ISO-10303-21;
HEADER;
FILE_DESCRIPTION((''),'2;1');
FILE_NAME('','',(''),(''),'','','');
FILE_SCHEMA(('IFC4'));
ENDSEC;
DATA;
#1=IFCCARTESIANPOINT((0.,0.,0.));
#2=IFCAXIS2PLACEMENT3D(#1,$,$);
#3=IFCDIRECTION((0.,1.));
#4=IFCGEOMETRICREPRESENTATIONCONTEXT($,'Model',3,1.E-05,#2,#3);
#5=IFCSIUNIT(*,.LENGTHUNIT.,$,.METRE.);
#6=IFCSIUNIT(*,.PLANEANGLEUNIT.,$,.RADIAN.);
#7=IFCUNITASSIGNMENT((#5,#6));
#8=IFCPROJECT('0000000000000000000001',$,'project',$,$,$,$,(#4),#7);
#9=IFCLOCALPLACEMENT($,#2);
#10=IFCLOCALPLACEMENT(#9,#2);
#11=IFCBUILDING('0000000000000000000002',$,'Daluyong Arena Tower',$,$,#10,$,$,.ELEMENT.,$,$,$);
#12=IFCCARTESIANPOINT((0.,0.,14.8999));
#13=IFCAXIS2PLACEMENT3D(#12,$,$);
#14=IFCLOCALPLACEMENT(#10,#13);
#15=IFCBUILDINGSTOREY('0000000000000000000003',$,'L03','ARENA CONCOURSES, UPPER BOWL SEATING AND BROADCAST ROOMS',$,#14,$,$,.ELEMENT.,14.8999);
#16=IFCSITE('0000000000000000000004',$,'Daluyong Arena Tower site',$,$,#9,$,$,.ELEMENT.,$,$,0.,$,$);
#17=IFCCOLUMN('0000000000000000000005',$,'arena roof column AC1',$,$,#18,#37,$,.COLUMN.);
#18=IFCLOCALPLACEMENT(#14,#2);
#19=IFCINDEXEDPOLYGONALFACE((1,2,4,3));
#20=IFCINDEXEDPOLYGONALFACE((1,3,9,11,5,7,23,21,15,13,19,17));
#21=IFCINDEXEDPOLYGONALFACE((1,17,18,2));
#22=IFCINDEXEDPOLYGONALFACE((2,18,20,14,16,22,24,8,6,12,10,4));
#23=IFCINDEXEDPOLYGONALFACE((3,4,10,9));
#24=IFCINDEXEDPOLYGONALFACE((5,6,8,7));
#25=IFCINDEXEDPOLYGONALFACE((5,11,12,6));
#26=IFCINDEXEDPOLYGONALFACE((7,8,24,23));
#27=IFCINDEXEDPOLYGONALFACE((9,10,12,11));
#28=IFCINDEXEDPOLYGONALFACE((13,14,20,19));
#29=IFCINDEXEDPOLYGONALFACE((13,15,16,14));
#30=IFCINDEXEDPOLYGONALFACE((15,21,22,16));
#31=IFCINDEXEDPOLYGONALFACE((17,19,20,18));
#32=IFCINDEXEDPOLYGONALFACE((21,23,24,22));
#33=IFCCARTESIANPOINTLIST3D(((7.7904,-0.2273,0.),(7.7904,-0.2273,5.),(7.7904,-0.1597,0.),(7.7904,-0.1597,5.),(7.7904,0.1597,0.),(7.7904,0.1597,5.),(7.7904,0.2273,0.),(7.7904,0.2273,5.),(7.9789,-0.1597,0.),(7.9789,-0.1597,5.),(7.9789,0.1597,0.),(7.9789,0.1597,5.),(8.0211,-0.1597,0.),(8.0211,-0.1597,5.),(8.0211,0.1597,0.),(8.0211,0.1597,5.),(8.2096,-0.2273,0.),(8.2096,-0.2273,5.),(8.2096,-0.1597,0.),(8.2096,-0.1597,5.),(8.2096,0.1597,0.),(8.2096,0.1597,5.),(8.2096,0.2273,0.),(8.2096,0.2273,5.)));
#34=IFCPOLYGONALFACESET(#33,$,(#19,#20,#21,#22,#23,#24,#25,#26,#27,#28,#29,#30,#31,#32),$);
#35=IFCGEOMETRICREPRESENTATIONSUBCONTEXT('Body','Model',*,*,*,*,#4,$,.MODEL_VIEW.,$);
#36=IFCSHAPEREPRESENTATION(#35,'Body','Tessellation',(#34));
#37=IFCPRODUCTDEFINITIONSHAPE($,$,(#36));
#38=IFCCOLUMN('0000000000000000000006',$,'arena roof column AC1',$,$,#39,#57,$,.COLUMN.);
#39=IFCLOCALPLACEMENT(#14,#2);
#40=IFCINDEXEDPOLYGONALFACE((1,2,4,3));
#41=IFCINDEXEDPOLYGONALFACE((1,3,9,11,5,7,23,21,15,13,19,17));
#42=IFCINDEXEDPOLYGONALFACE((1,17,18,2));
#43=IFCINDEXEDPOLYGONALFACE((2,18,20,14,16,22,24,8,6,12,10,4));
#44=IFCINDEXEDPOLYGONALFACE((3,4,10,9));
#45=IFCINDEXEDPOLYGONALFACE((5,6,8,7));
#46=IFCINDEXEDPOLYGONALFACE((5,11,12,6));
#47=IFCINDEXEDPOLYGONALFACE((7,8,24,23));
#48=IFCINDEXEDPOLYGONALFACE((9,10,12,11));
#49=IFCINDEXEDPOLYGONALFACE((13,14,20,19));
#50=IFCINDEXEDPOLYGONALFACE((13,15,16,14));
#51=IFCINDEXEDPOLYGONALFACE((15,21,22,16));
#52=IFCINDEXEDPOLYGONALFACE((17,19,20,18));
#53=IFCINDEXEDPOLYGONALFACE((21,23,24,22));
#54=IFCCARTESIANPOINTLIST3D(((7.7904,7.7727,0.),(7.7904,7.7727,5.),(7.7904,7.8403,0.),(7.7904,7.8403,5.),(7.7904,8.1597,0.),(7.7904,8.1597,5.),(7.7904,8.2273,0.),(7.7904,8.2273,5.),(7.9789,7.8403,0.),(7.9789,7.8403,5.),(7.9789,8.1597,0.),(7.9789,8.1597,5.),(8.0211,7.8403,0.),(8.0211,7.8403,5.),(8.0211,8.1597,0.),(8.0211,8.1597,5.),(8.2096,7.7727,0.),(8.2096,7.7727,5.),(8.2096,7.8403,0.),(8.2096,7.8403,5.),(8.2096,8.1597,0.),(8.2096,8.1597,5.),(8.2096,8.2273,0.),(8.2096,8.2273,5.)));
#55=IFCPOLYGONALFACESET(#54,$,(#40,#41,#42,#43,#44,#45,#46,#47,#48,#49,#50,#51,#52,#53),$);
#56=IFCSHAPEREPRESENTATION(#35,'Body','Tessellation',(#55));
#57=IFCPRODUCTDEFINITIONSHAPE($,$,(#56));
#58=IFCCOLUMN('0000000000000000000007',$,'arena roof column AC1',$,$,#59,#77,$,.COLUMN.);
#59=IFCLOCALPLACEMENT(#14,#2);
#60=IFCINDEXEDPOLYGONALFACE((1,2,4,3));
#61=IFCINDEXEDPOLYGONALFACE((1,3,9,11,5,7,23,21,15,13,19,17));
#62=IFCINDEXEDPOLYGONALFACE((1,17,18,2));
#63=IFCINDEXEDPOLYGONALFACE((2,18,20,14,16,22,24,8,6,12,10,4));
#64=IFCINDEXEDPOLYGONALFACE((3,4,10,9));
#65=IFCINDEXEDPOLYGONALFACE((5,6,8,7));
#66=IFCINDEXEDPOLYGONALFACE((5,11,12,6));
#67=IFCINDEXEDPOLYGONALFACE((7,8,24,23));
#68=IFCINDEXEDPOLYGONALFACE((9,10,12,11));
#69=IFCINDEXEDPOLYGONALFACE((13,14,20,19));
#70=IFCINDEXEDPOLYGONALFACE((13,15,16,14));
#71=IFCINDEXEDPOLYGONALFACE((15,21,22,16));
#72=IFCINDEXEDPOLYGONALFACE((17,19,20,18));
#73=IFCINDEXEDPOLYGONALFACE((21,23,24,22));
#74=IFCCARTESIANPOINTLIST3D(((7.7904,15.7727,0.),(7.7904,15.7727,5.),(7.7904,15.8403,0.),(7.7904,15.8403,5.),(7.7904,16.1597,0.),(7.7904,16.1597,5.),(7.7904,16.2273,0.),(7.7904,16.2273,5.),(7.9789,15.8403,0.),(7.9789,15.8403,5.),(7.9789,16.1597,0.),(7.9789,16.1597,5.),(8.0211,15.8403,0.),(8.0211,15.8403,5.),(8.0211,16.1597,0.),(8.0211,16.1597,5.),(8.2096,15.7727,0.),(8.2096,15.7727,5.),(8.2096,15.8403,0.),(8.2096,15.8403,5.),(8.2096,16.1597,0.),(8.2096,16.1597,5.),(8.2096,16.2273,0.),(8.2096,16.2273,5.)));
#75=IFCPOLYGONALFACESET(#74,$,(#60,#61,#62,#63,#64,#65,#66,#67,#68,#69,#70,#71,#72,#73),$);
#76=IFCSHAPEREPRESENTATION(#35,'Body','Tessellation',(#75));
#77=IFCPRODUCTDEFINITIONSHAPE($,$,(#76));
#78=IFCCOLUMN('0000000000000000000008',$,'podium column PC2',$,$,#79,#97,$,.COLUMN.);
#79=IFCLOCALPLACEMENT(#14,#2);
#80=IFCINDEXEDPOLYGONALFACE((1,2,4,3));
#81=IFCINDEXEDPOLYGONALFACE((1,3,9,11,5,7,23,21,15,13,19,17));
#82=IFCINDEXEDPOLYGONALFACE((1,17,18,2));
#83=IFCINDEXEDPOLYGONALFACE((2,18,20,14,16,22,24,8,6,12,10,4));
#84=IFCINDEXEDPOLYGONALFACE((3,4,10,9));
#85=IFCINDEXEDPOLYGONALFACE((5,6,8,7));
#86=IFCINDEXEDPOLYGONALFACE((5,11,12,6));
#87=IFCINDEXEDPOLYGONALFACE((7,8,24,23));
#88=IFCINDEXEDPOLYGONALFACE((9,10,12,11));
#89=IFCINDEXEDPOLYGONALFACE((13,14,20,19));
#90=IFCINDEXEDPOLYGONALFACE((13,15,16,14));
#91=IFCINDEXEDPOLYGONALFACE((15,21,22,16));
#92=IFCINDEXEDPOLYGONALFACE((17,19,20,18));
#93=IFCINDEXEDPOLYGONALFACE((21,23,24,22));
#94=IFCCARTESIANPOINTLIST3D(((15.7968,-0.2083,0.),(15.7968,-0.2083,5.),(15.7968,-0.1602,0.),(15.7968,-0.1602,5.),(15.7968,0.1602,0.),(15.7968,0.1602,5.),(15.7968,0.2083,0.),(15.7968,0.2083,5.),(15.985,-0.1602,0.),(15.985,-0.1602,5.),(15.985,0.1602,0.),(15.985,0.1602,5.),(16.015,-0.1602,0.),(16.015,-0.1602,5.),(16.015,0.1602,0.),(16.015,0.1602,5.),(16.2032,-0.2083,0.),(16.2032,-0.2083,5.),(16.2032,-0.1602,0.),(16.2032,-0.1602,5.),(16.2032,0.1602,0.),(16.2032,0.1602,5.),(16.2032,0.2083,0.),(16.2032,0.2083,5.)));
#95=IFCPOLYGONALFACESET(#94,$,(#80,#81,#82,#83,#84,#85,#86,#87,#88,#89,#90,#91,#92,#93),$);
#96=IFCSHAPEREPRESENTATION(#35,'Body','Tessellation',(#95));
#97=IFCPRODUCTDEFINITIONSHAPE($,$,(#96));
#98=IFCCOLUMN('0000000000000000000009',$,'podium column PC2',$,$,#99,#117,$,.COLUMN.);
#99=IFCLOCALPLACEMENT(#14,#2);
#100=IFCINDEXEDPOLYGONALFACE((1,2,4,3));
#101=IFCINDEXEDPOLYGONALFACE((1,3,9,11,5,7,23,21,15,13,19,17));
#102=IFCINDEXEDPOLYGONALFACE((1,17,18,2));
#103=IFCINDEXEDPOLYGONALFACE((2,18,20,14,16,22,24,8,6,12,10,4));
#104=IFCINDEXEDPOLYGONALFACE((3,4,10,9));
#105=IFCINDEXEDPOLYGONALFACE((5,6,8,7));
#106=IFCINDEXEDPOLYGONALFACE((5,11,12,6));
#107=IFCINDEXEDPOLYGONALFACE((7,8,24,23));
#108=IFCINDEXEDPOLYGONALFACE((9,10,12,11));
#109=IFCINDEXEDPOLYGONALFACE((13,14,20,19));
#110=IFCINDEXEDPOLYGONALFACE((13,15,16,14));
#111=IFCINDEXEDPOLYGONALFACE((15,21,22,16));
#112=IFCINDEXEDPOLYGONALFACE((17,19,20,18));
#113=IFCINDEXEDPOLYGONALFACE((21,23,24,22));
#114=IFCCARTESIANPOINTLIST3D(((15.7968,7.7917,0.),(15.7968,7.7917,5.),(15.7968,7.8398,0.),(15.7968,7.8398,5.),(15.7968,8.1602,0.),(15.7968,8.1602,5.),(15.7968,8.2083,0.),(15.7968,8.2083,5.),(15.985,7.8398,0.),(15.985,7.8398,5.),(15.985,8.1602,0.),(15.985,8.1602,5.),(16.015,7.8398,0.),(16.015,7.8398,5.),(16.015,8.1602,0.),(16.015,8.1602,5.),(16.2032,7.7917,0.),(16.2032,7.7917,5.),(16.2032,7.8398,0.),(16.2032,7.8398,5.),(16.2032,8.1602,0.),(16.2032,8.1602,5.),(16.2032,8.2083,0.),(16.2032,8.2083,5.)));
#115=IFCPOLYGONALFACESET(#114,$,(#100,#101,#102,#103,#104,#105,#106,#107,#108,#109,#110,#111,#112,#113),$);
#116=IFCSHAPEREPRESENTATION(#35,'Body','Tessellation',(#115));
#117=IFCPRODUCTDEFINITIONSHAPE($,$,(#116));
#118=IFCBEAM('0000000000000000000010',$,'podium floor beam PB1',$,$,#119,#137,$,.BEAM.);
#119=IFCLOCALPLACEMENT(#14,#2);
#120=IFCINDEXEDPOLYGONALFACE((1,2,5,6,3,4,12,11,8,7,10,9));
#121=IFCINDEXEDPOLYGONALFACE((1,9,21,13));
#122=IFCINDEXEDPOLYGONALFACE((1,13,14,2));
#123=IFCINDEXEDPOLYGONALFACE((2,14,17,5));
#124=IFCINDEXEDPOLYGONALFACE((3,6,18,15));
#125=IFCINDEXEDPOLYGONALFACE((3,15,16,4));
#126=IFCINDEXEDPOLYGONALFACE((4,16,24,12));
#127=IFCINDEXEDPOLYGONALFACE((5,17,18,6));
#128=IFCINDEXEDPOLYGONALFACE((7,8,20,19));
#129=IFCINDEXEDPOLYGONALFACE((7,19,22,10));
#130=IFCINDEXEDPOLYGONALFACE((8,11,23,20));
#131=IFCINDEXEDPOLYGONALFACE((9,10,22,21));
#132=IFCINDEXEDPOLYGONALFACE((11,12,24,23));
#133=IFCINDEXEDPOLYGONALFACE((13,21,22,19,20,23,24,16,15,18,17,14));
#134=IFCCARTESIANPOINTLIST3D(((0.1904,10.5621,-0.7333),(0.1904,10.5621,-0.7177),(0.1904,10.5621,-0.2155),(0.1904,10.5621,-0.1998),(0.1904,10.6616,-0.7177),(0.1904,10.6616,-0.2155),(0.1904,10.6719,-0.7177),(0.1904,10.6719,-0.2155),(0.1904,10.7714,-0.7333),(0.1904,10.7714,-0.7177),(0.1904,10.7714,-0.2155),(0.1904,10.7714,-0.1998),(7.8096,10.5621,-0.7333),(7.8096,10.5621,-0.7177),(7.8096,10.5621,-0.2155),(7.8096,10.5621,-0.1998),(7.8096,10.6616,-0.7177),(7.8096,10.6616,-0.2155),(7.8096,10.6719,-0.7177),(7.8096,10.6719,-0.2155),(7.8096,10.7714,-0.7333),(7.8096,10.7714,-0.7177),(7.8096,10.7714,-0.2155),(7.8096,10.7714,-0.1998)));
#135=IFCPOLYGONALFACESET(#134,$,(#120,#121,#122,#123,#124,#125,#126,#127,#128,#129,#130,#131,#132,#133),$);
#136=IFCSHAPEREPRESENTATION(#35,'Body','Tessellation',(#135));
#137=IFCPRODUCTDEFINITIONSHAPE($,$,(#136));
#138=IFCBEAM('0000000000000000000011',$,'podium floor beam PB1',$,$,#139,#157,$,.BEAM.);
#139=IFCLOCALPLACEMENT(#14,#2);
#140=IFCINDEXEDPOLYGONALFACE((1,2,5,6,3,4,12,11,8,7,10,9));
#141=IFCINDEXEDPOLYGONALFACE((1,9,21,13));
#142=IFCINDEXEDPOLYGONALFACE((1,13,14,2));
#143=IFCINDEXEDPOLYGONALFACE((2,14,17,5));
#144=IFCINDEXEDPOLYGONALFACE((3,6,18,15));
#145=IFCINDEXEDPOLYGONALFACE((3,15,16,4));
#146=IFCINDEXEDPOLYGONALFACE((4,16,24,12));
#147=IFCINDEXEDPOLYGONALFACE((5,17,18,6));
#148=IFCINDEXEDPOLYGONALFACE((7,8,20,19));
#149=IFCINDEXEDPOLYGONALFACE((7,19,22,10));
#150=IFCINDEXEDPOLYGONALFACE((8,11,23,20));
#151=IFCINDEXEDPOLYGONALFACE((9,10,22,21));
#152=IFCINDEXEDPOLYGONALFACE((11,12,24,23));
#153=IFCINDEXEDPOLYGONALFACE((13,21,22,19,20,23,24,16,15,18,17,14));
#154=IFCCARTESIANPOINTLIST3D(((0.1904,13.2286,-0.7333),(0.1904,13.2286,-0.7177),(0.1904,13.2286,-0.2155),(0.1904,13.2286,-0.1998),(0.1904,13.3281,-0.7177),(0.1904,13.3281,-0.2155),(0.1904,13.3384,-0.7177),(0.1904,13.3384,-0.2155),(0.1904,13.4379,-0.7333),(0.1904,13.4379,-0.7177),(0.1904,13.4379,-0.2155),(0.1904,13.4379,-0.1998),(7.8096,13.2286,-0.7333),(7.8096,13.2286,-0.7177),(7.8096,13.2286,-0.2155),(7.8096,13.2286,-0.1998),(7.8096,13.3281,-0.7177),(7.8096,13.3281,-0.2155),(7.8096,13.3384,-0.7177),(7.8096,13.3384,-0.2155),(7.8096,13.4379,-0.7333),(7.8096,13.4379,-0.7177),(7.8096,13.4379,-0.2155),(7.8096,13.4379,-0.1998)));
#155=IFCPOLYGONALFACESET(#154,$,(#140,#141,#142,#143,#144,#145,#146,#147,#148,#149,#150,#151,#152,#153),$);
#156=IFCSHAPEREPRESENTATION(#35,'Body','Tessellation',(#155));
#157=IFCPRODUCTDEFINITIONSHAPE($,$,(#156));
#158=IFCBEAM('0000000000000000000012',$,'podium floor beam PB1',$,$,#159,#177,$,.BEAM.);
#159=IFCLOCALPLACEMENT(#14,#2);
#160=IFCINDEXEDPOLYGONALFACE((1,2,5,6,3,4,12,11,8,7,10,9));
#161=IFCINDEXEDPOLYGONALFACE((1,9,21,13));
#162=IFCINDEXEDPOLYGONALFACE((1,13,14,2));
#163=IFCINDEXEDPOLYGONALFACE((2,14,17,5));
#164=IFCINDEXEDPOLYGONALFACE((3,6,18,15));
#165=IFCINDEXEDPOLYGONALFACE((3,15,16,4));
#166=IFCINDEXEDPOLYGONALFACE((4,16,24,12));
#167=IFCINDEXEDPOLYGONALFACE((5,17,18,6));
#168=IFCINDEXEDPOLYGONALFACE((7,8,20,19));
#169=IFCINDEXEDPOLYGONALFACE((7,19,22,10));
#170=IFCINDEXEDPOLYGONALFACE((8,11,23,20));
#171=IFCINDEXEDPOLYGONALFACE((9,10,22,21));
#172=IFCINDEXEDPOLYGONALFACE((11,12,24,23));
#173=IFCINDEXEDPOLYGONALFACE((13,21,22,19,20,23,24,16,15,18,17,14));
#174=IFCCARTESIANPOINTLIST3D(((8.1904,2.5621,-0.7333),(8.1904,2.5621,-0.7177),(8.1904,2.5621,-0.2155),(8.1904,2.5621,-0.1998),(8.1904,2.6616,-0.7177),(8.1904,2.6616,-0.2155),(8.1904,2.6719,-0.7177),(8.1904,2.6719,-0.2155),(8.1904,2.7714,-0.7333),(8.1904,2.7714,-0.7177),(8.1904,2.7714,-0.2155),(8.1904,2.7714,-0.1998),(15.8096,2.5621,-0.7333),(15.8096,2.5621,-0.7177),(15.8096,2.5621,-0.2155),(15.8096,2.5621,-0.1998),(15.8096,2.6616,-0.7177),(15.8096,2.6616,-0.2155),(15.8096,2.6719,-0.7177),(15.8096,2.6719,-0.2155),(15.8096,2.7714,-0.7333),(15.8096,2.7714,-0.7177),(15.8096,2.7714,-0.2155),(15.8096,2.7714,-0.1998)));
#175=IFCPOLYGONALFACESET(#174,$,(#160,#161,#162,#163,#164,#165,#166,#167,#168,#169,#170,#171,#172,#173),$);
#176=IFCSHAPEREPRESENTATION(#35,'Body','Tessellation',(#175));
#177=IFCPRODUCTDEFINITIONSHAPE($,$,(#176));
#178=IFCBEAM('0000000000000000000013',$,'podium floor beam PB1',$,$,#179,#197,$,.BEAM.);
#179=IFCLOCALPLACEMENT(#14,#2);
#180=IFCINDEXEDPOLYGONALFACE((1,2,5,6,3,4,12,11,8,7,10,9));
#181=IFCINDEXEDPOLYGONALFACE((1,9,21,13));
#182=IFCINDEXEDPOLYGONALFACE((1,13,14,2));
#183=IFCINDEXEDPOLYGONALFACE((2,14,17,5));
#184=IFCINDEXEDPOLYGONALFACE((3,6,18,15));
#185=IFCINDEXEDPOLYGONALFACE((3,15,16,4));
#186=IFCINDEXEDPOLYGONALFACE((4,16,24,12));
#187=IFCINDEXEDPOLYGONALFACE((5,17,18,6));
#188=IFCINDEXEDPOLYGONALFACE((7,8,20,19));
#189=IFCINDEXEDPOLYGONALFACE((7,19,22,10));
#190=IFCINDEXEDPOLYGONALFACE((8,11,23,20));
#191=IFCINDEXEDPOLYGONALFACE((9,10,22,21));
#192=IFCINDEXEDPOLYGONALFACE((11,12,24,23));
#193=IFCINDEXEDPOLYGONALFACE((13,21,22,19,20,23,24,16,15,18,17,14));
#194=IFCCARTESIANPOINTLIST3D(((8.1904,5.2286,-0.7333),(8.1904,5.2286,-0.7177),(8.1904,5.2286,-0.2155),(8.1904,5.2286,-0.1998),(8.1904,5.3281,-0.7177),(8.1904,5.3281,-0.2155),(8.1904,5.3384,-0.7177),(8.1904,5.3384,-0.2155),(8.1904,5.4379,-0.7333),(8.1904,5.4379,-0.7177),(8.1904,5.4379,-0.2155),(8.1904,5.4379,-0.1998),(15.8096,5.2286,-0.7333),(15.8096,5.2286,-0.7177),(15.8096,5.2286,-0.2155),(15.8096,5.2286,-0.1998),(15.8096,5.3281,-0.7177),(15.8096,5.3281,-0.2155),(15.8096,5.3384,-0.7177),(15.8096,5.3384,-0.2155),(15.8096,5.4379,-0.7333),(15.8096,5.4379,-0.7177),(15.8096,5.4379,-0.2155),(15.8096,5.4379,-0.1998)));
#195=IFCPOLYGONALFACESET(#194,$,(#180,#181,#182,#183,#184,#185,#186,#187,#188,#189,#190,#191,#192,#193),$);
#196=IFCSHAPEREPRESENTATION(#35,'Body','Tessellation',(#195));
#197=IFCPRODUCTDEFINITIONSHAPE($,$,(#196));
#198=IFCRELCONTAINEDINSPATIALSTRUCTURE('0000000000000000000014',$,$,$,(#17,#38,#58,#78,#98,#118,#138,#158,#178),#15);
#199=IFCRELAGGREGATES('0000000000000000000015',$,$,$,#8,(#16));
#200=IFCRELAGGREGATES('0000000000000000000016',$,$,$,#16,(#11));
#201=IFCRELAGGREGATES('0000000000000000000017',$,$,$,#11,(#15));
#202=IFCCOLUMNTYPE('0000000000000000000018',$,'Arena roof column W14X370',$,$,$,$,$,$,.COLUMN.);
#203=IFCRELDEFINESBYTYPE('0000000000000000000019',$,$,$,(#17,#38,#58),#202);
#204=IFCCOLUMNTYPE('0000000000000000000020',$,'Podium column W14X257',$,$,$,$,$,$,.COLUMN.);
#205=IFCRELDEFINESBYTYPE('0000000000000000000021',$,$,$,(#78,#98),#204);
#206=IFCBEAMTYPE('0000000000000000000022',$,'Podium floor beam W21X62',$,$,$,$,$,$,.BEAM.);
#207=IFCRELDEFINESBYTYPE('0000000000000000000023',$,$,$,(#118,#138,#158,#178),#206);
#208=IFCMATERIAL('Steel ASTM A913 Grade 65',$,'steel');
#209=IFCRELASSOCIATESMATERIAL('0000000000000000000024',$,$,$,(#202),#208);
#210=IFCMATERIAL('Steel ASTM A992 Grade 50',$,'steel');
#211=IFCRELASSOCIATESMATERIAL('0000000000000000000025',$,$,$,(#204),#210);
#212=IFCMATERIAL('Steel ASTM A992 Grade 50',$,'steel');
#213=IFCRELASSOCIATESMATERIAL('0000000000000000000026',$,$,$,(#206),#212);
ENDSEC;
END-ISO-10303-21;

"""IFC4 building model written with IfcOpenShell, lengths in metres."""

from ifc_helpers import new_model, si_unit, direction, frame, origin, origin_2d, place, context, subcontext, project, spatial, i_section, extrude, material, material_profile, profile_set, type_object, element, save


model = new_model("IFC4")

# Units and contexts
model_context = context("Model", 3, precision=1e-05, world=origin(), true_north=direction((0.0, 1.0)))
body_context = subcontext(model_context, "Body", "Model", "MODEL_VIEW")
ifc_project = project(units=[si_unit("LENGTHUNIT", "METRE"), si_unit("PLANEANGLEUNIT", "RADIAN")], contexts=[model_context])

# Site, building, storey
site_placement = place(None, origin())
site = spatial("IfcSite", under=ifc_project, at=site_placement, Name="Daluyong Arena Tower site", CompositionType="ELEMENT", RefElevation=0.0)
building_placement = place(site_placement, origin())
building = spatial("IfcBuilding", under=site, at=building_placement, Name="Daluyong Arena Tower", CompositionType="ELEMENT")
storey_placement = place(building_placement, frame((0.0, 0.0, 14.8999)))
storey = spatial("IfcBuildingStorey", under=building, at=storey_placement, Name="L03", Description="ARENA CONCOURSES, UPPER BOWL SEATING AND BROADCAST ROOMS", CompositionType="ELEMENT", Elevation=14.8999)

# Columns
ifc_material_1 = material(Name="Steel ASTM A913 Grade 65", Category="steel")
ifc_material_profile_1 = material_profile(ifc_material_1, i_section(OverallWidth=0.4192, OverallDepth=0.4546, WebThickness=0.0422, FlangeThickness=0.0676, at=origin_2d()))
ifc_profile_set_1 = profile_set([ifc_material_profile_1], Name="Steel ASTM A913 Grade 65")
column_type_1 = type_object("IfcColumnType", Name="Arena roof column W14X370", PredefinedType="COLUMN", material=ifc_profile_set_1)
for number, where, z_axis, x_axis, name in (
    (1, (8.0, 0.0, 0.0), (0.0, 0.0, 1.0), (1.0, 0.0, 0.0), "arena roof column AC1"),
    (2, (8.0, 8.0, 0.0), (0.0, 0.0, 1.0), (1.0, 0.0, 0.0), "arena roof column AC1"),
    (3, (8.0, 16.0, 0.0), (0.0, 0.0, 1.0), (1.0, 0.0, 0.0), "arena roof column AC1"),
):
    element("IfcColumn", number, at=place(storey_placement, frame(where, z_axis=z_axis, x_axis=x_axis)), inside=storey, type_object=column_type_1, Name=name, PredefinedType="COLUMN", context=body_context, shape_type="SweptSolid", body=[
        extrude(i_section(OverallWidth=0.4192, OverallDepth=0.4546, WebThickness=0.0422, FlangeThickness=0.0676, at=origin_2d()), origin(), (0.0, 0.0, 1.0), 5.0),
    ])
ifc_material_2 = material(Name="Steel ASTM A992 Grade 50", Category="steel")
ifc_material_profile_2 = material_profile(ifc_material_2, i_section(OverallWidth=0.4065, OverallDepth=0.4165, WebThickness=0.03, FlangeThickness=0.0481, at=origin_2d()))
ifc_profile_set_2 = profile_set([ifc_material_profile_2], Name="Steel ASTM A992 Grade 50")
column_type_2 = type_object("IfcColumnType", Name="Podium column W14X257", PredefinedType="COLUMN", material=ifc_profile_set_2)
for number, where, z_axis, x_axis, name in (
    (4, (16.0, 0.0, 0.0), (0.0, 0.0, 1.0), (1.0, 0.0, 0.0), "podium column PC2"),
    (5, (16.0, 8.0, 0.0), (0.0, 0.0, 1.0), (1.0, 0.0, 0.0), "podium column PC2"),
):
    element("IfcColumn", number, at=place(storey_placement, frame(where, z_axis=z_axis, x_axis=x_axis)), inside=storey, type_object=column_type_2, Name=name, PredefinedType="COLUMN", context=body_context, shape_type="SweptSolid", body=[
        extrude(i_section(OverallWidth=0.4065, OverallDepth=0.4165, WebThickness=0.03, FlangeThickness=0.0481, at=origin_2d()), origin(), (0.0, 0.0, 1.0), 5.0),
    ])

# Beams
ifc_material_3 = material(Name="Steel ASTM A992 Grade 50", Category="steel")
ifc_material_profile_3 = material_profile(ifc_material_3, i_section(OverallWidth=0.2092, OverallDepth=0.5334, WebThickness=0.0103, FlangeThickness=0.0156, at=origin_2d()))
ifc_profile_set_3 = profile_set([ifc_material_profile_3], Name="Steel ASTM A992 Grade 50")
beam_type_1 = type_object("IfcBeamType", Name="Podium floor beam W21X62", PredefinedType="BEAM", material=ifc_profile_set_3)
for number, where, z_axis, x_axis, name in (
    (6, (0.1904, 10.6667, -0.4666), (1.0, 0.0, 0.0), (0.0, 1.0, 0.0), "podium floor beam PB1"),
    (7, (0.1904, 13.3333, -0.4666), (1.0, 0.0, 0.0), (0.0, 1.0, 0.0), "podium floor beam PB1"),
    (8, (8.1904, 2.6667, -0.4666), (1.0, 0.0, 0.0), (0.0, 1.0, 0.0), "podium floor beam PB1"),
    (9, (8.1904, 5.3333, -0.4666), (1.0, 0.0, 0.0), (0.0, 1.0, 0.0), "podium floor beam PB1"),
):
    element("IfcBeam", number, at=place(storey_placement, frame(where, z_axis=z_axis, x_axis=x_axis)), inside=storey, type_object=beam_type_1, Name=name, PredefinedType="BEAM", context=body_context, shape_type="SweptSolid", body=[
        extrude(i_section(OverallWidth=0.2092, OverallDepth=0.5334, WebThickness=0.0103, FlangeThickness=0.0156, at=origin_2d()), origin(), (0.0, 0.0, 1.0), 7.6191),
    ])

save(model, "model.ifc")
